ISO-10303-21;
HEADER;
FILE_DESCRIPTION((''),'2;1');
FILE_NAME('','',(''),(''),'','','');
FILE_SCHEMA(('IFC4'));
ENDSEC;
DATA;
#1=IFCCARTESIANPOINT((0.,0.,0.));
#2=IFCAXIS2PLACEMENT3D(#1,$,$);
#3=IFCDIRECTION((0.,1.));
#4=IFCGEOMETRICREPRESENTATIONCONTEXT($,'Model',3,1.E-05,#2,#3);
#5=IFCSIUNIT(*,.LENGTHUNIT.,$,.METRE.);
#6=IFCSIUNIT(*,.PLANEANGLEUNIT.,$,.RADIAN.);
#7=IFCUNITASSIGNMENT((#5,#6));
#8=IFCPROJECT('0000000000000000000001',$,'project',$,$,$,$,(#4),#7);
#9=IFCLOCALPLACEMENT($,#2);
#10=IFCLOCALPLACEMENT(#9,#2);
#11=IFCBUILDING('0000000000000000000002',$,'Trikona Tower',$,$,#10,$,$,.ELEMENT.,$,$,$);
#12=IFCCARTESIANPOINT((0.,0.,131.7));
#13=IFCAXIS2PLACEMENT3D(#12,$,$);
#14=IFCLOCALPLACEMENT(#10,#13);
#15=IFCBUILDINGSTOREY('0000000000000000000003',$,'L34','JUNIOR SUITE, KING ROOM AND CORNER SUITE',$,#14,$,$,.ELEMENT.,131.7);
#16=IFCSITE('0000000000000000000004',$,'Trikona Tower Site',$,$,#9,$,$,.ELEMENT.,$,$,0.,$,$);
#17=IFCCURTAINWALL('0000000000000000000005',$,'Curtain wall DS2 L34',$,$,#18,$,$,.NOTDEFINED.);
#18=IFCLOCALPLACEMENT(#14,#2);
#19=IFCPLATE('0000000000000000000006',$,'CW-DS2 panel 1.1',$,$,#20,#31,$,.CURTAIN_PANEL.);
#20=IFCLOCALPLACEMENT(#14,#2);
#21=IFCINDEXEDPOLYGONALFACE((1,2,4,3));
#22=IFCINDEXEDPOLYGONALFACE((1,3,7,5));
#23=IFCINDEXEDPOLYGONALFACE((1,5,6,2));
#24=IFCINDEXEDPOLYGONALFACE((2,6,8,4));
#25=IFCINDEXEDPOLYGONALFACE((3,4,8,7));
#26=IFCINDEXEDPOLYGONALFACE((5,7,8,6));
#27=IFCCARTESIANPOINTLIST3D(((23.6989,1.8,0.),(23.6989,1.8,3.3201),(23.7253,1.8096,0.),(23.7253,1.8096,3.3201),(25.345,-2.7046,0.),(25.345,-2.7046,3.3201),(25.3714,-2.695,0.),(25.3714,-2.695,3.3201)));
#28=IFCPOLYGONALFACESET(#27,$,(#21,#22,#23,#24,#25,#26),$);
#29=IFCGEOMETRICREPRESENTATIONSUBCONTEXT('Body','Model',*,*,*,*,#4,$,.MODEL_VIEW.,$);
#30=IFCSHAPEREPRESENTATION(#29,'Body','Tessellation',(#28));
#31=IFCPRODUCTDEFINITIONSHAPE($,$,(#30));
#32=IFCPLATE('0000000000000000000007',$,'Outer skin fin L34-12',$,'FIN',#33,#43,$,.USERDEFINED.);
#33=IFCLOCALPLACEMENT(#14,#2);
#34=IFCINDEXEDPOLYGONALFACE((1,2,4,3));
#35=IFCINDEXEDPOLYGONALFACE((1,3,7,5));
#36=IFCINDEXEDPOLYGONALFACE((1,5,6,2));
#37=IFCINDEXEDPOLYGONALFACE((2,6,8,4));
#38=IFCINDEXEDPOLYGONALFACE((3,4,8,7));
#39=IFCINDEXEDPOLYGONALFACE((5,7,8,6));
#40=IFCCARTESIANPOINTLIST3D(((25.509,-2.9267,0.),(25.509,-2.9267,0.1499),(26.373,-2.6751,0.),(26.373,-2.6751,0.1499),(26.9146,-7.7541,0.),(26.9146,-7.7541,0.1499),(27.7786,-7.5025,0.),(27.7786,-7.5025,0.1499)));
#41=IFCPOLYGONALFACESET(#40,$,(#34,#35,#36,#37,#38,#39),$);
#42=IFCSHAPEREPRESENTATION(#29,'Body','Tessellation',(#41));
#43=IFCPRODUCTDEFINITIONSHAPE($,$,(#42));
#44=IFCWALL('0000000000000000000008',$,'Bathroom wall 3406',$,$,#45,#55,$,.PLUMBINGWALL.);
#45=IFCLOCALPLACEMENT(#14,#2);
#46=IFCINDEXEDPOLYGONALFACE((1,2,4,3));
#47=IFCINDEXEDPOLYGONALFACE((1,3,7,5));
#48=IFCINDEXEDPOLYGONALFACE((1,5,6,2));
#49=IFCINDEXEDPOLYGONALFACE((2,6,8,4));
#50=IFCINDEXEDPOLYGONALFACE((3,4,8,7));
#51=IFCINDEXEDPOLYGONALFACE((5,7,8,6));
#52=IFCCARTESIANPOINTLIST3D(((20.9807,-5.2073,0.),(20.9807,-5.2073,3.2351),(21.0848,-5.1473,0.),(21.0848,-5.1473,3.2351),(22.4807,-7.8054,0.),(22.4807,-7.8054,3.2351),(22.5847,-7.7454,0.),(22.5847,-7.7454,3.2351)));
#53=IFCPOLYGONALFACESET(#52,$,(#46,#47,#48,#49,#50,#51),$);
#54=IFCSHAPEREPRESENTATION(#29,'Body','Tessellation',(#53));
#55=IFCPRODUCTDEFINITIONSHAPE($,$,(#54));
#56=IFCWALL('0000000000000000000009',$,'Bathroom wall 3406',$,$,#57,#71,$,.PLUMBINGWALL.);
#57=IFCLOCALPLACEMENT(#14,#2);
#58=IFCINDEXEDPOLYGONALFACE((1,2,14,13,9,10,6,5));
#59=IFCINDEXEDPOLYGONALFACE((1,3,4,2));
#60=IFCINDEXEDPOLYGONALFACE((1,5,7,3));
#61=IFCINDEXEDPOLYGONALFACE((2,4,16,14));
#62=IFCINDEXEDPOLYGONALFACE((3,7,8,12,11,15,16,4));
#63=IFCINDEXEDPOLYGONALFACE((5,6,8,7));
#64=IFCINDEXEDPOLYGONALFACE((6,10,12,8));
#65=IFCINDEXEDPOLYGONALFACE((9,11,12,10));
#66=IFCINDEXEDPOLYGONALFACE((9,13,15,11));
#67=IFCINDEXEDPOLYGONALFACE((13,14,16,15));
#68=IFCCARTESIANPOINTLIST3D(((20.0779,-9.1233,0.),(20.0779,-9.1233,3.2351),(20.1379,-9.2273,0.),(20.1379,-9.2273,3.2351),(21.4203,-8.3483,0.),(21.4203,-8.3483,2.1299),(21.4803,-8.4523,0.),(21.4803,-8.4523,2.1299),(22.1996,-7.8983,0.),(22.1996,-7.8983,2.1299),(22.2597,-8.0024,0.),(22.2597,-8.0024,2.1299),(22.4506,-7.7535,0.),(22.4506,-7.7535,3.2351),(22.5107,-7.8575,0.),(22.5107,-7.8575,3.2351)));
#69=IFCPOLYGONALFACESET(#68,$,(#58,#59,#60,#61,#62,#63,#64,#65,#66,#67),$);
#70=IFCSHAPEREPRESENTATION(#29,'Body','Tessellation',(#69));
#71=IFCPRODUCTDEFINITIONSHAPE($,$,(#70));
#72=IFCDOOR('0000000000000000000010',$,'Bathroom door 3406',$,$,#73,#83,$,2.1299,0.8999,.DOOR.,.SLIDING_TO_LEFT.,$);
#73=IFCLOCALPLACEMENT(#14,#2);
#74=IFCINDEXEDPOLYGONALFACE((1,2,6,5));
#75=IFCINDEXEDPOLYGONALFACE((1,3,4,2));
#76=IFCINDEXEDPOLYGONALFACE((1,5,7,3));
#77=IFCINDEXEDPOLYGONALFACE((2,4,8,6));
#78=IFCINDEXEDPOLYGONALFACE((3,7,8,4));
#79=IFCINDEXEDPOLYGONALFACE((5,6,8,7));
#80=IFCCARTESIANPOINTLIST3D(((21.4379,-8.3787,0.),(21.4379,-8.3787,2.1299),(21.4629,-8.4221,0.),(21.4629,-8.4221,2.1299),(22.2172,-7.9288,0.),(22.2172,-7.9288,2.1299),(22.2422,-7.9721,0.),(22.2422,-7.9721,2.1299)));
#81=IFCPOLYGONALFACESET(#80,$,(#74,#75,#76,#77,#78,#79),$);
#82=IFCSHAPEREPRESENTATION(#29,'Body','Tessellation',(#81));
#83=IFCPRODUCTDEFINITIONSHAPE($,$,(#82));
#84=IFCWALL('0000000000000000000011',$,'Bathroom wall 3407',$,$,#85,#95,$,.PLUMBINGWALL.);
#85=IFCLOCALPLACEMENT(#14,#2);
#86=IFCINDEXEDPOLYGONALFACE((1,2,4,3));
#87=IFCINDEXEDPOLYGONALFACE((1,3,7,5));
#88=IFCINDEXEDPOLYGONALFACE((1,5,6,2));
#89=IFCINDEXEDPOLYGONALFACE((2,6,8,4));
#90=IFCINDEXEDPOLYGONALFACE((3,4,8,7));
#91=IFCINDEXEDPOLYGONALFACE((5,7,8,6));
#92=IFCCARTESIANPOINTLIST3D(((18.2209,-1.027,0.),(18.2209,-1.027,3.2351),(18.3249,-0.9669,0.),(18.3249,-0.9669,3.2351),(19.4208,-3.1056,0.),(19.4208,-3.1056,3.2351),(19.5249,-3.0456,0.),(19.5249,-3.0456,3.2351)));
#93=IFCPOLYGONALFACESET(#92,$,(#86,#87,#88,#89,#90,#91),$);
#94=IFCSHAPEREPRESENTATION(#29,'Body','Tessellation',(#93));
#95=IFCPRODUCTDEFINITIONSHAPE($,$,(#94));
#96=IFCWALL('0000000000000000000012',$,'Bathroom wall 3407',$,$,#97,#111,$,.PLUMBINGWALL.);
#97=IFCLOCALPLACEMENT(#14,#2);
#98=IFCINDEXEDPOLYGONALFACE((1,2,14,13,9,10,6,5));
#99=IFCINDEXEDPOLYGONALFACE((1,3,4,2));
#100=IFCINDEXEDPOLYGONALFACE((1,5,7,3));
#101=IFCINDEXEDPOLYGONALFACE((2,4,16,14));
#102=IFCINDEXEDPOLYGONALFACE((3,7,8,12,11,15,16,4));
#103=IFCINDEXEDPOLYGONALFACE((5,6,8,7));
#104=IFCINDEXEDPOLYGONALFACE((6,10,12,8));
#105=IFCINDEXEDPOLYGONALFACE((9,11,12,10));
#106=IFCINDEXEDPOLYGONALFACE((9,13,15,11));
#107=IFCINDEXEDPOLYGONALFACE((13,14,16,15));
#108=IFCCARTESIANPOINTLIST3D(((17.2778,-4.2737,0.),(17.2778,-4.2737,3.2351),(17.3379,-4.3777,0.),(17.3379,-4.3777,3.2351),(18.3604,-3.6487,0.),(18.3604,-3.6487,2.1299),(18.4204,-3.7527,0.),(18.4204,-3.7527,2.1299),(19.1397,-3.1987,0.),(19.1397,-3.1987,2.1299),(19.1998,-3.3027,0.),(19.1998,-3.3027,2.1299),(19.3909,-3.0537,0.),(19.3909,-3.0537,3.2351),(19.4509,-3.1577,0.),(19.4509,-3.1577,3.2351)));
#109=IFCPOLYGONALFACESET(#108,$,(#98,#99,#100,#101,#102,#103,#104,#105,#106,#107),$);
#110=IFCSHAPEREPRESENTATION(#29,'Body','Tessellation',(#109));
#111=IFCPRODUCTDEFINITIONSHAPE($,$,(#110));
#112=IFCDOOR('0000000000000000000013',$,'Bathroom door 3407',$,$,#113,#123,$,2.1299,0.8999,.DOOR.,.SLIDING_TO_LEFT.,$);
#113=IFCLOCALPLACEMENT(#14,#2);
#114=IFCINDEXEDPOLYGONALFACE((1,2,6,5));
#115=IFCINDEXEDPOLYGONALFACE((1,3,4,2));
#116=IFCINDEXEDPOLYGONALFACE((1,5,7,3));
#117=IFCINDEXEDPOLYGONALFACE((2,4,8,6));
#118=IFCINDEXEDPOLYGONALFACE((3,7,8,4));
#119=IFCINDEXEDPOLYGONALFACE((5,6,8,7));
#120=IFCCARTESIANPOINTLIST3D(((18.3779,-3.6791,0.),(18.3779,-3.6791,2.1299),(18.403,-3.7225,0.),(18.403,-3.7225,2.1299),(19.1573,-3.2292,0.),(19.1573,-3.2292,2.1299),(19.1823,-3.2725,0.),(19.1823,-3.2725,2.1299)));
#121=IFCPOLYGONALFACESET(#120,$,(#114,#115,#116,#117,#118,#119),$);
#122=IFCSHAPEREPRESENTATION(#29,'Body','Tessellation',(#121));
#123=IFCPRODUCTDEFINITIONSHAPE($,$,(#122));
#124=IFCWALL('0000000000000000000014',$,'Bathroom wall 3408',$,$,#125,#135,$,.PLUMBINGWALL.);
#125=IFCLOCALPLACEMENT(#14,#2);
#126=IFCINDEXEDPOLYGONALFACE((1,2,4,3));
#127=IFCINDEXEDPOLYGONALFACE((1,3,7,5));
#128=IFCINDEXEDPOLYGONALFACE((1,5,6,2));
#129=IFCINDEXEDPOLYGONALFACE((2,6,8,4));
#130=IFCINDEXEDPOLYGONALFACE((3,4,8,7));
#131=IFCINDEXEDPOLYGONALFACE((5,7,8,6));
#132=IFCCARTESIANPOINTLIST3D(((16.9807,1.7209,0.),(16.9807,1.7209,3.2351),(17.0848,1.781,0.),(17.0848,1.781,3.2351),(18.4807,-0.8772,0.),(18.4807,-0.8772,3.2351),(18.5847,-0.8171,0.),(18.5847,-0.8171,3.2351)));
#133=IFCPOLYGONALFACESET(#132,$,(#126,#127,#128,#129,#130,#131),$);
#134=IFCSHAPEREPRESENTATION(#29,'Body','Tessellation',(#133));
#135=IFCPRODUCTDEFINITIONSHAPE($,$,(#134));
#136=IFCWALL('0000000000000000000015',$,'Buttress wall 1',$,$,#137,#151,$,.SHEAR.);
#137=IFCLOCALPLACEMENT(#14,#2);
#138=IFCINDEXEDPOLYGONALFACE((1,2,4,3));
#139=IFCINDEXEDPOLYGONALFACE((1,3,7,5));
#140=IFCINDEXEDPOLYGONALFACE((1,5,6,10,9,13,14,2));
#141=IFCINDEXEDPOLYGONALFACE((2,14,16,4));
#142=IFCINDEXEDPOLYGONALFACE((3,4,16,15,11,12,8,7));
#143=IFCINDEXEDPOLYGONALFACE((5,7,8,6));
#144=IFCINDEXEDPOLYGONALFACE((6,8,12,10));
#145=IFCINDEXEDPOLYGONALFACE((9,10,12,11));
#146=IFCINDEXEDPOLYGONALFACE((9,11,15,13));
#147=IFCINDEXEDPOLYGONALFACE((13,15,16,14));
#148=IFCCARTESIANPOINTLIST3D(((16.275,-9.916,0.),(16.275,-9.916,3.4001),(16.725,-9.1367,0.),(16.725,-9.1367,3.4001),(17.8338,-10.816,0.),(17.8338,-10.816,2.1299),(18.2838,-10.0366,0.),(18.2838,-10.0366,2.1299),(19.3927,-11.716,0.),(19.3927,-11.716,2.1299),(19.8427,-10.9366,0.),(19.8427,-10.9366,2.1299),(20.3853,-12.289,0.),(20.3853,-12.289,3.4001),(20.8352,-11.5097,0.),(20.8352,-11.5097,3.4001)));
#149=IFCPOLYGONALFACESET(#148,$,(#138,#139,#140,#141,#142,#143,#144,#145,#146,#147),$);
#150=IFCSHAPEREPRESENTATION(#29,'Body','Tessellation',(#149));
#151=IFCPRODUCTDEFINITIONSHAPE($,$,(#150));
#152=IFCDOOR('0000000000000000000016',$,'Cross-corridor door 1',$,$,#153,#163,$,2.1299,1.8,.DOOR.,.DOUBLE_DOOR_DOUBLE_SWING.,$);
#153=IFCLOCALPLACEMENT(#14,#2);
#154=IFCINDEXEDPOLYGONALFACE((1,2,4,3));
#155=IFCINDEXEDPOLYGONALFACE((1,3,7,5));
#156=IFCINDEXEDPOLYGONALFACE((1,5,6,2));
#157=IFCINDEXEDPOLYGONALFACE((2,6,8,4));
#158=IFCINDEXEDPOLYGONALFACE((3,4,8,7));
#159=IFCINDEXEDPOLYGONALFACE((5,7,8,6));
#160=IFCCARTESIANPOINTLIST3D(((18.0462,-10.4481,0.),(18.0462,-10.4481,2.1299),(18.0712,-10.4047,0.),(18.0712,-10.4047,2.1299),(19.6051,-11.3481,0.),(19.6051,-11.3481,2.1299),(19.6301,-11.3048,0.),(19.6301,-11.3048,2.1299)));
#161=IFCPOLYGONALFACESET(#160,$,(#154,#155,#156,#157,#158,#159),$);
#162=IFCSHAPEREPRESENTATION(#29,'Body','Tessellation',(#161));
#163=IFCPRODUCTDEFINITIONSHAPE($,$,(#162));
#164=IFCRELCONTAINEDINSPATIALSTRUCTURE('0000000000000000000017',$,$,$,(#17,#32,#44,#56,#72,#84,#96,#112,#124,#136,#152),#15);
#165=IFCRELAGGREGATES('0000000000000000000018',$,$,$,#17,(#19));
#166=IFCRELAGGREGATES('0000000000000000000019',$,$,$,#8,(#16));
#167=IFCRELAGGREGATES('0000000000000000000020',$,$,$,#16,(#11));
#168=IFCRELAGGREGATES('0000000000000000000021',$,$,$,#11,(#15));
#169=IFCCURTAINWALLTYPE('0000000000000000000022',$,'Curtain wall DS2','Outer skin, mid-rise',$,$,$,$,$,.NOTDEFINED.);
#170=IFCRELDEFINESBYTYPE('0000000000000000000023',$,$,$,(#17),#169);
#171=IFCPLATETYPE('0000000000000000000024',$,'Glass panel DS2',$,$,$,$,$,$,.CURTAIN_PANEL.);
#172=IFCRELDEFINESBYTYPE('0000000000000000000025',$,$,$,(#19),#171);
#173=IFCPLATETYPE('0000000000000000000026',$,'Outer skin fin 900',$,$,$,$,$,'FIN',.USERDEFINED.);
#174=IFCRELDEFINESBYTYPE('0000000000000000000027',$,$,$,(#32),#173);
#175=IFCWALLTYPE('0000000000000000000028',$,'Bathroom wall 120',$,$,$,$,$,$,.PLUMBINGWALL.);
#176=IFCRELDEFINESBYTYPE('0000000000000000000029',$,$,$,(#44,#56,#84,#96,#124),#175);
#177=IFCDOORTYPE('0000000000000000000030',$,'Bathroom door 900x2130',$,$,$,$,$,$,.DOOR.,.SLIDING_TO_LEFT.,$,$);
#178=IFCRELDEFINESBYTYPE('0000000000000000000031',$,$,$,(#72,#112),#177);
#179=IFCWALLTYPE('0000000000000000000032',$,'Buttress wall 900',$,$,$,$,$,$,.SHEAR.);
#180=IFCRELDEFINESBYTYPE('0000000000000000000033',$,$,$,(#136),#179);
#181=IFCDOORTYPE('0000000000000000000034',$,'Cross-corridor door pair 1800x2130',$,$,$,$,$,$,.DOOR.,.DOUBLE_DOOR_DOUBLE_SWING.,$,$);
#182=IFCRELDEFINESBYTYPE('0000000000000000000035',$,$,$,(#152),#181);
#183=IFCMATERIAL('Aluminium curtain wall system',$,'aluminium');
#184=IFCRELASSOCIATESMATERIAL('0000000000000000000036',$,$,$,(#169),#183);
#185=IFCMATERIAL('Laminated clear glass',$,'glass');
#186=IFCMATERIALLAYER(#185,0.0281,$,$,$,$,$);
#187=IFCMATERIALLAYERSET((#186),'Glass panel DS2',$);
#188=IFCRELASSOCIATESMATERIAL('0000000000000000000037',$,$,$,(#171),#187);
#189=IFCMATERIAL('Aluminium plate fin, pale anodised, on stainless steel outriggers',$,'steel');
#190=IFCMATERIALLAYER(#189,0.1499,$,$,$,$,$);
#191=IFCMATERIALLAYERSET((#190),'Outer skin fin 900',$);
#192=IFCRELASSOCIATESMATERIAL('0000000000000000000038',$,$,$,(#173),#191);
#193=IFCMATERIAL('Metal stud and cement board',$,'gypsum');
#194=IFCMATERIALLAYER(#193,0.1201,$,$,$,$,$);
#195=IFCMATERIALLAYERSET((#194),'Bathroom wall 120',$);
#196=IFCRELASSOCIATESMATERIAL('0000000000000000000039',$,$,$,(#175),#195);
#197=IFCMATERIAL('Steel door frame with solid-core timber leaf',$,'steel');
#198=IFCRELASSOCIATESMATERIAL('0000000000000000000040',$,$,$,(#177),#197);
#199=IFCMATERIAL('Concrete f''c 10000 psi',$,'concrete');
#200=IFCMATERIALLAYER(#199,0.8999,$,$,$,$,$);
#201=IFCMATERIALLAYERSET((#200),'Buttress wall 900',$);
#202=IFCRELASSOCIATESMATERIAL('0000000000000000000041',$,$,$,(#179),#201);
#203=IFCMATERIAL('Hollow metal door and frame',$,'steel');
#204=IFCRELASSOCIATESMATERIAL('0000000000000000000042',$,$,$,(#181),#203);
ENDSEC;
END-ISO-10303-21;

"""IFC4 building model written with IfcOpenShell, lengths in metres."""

from ifc_helpers import new_model, si_unit, direction, frame, frame_2d, origin, origin_2d, place, context, subcontext, project, spatial, rectangle, extrude, material, layer, layer_set, type_object, element, fill, aggregate, save


model = new_model("IFC4")

# Units and contexts
model_context = context("Model", 3, precision=1e-05, world=origin(), true_north=direction((0.0, 1.0)))
body_context = subcontext(model_context, "Body", "Model", "MODEL_VIEW")
ifc_project = project(units=[si_unit("LENGTHUNIT", "METRE"), si_unit("PLANEANGLEUNIT", "RADIAN")], contexts=[model_context])

# Site, building, storey
site_placement = place(None, origin())
site = spatial("IfcSite", under=ifc_project, at=site_placement, Name="Trikona Tower Site", CompositionType="ELEMENT", RefElevation=0.0)
building_placement = place(site_placement, origin())
building = spatial("IfcBuilding", under=site, at=building_placement, Name="Trikona Tower", CompositionType="ELEMENT")
storey_placement = place(building_placement, frame((0.0, 0.0, 131.7)))
storey = spatial("IfcBuildingStorey", under=building, at=storey_placement, Name="L34", Description="JUNIOR SUITE, KING ROOM AND CORNER SUITE", CompositionType="ELEMENT", Elevation=131.7)

# Shared definitions
ifc_material_1 = material(Name="Aluminium curtain wall system", Category="aluminium")
curtain_wall_type = type_object("IfcCurtainWallType", Name="Curtain wall DS2", Description="Outer skin, mid-rise", PredefinedType="NOTDEFINED", material=ifc_material_1)

# Curtain wall
curtain_wall_1_placement = place(storey_placement, origin())
curtain_wall_1 = element("IfcCurtainWall", 1, at=curtain_wall_1_placement, inside=storey, type_object=curtain_wall_type, Name="Curtain wall DS2 L34", PredefinedType="NOTDEFINED")

# Plates
ifc_material_2 = material(Name="Laminated clear glass", Category="glass")
ifc_layer_1 = layer(ifc_material_2, 0.0281)
ifc_layer_set_1 = layer_set([ifc_layer_1], Name="Glass panel DS2")
plate_type_1 = type_object("IfcPlateType", Name="Glass panel DS2", PredefinedType="CURTAIN_PANEL", material=ifc_layer_set_1)
plate_1_placement = place(storey_placement, frame((24.5352, -0.4475, 0.0), z_axis=(0.0, 0.0, 1.0), x_axis=(-0.343223, 0.939254, 0.0)))
plate_1 = element("IfcPlate", 2, at=plate_1_placement, type_object=plate_type_1, Name="CW-DS2 panel 1.1", PredefinedType="CURTAIN_PANEL", context=body_context, shape_type="SweptSolid", body=[
    extrude(rectangle(XDim=4.7959, YDim=0.0281, at=origin_2d()), origin(), (0.0, 0.0, 1.0), 3.3201),
])
aggregate(curtain_wall_1, [plate_1])
ifc_material_3 = material(Name="Aluminium plate fin, pale anodised, on stainless steel outriggers", Category="steel")
ifc_layer_2 = layer(ifc_material_3, 0.1499)
ifc_layer_set_2 = layer_set([ifc_layer_2], Name="Outer skin fin 900")
plate_type_2 = type_object("IfcPlateType", Name="Outer skin fin 900", ElementType="FIN", PredefinedType="USERDEFINED", material=ifc_layer_set_2)
plate_2_placement = place(storey_placement, frame((26.6438, -5.2146, 0.0), z_axis=(0.0, 0.0, 1.0), x_axis=(-0.279554, 0.96013, 0.0)))
element("IfcPlate", 3, at=plate_2_placement, inside=storey, type_object=plate_type_2, Name="Outer skin fin L34-12", ObjectType="FIN", PredefinedType="USERDEFINED", context=body_context, shape_type="SweptSolid", body=[
    extrude(rectangle(XDim=5.0278, YDim=0.8999, at=origin_2d()), origin(), (0.0, 0.0, 1.0), 0.1499),
])

# Wall
ifc_material_4 = material(Name="Metal stud and cement board", Category="gypsum")
ifc_layer_3 = layer(ifc_material_4, 0.1201)
ifc_layer_set_3 = layer_set([ifc_layer_3], Name="Bathroom wall 120")
wall_type_1 = type_object("IfcWallType", Name="Bathroom wall 120", PredefinedType="PLUMBINGWALL", material=ifc_layer_set_3)
wall_1_placement = place(storey_placement, frame((22.5327, -7.7754, 0.0), z_axis=(0.0, 0.0, 1.0), x_axis=(-0.49999, 0.866031, 0.0)))
element("IfcWall", 4, at=wall_1_placement, inside=storey, type_object=wall_type_1, Name="Bathroom wall 3406", PredefinedType="PLUMBINGWALL", context=body_context, shape_type="SweptSolid", body=[
    extrude(rectangle(XDim=3.0, YDim=0.1201, at=frame_2d((1.5, 0.0))), origin(), (0.0, 0.0, 1.0), 3.2351),
])

# Wall, opening, door
wall_2_placement = place(storey_placement, frame((20.1079, -9.1753, 0.0), z_axis=(0.0, 0.0, 1.0), x_axis=(0.866036, 0.499982, 0.0)))
wall_2 = element("IfcWall", 5, at=wall_2_placement, inside=storey, type_object=wall_type_1, Name="Bathroom wall 3406", PredefinedType="PLUMBINGWALL", context=body_context, shape_type="SweptSolid", body=[
    extrude(rectangle(XDim=2.7397, YDim=0.1201, at=frame_2d((1.3699, 0.0))), origin(), (0.0, 0.0, 1.0), 3.2351),
])
opening_1_placement = place(wall_2_placement, frame((1.55, 0.0, 0.0)))
opening_1 = element("IfcOpeningElement", 6, at=opening_1_placement, cuts=wall_2, PredefinedType="OPENING", context=body_context, shape_type="SweptSolid", body=[
    extrude(rectangle(XDim=0.8999, YDim=2.1299, at=frame_2d((0.45, 1.0649))), frame((0.0, 0.0701, 0.0), z_axis=(0.0, -1.0, 0.0), x_axis=(1.0, 0.0, 0.0)), (0.0, 0.0, 1.0), 0.1401),
])
ifc_material_5 = material(Name="Steel door frame with solid-core timber leaf", Category="steel")
door_type_1 = type_object("IfcDoorType", Name="Bathroom door 900x2130", OperationType="SLIDING_TO_LEFT", PredefinedType="DOOR", material=ifc_material_5)
door_1_placement = place(opening_1_placement, origin())
door_1 = element("IfcDoor", 7, at=door_1_placement, inside=storey, type_object=door_type_1, Name="Bathroom door 3406", OperationType="SLIDING_TO_LEFT", OverallHeight=2.1299, OverallWidth=0.8999, PredefinedType="DOOR", context=body_context, shape_type="SweptSolid", body=[
    extrude(rectangle(XDim=0.8999, YDim=2.1299, at=frame_2d((0.45, 1.0649))), frame((0.0, 0.0249, 0.0), z_axis=(0.0, -1.0, 0.0), x_axis=(1.0, 0.0, 0.0)), (0.0, 0.0, 1.0), 0.05),
])
fill(opening_1, door_1)

# Wall
wall_3_placement = place(storey_placement, frame((19.4729, -3.0757, 0.0), z_axis=(0.0, 0.0, 1.0), x_axis=(-0.499957, 0.86605, 0.0)))
element("IfcWall", 8, at=wall_3_placement, inside=storey, type_object=wall_type_1, Name="Bathroom wall 3407", PredefinedType="PLUMBINGWALL", context=body_context, shape_type="SweptSolid", body=[
    extrude(rectangle(XDim=2.4001, YDim=0.1201, at=frame_2d((1.2002, 0.0))), origin(), (0.0, 0.0, 1.0), 3.2351),
])

# Wall, opening, door
wall_4_placement = place(storey_placement, frame((17.3079, -4.3257, 0.0), z_axis=(0.0, 0.0, 1.0), x_axis=(0.866024, 0.500003, 0.0)))
wall_4 = element("IfcWall", 9, at=wall_4_placement, inside=storey, type_object=wall_type_1, Name="Bathroom wall 3407", PredefinedType="PLUMBINGWALL", context=body_context, shape_type="SweptSolid", body=[
    extrude(rectangle(XDim=2.4399, YDim=0.1201, at=frame_2d((1.22, 0.0))), origin(), (0.0, 0.0, 1.0), 3.2351),
])
opening_2_placement = place(wall_4_placement, frame((1.25, 0.0, 0.0)))
opening_2 = element("IfcOpeningElement", 10, at=opening_2_placement, cuts=wall_4, PredefinedType="OPENING", context=body_context, shape_type="SweptSolid", body=[
    extrude(rectangle(XDim=0.8999, YDim=2.1299, at=frame_2d((0.45, 1.0649))), frame((0.0, 0.0701, 0.0), z_axis=(0.0, -1.0, 0.0), x_axis=(1.0, 0.0, 0.0)), (0.0, 0.0, 1.0), 0.1401),
])
door_2_placement = place(opening_2_placement, origin())
door_2 = element("IfcDoor", 11, at=door_2_placement, inside=storey, type_object=door_type_1, Name="Bathroom door 3407", OperationType="SLIDING_TO_LEFT", OverallHeight=2.1299, OverallWidth=0.8999, PredefinedType="DOOR", context=body_context, shape_type="SweptSolid", body=[
    extrude(rectangle(XDim=0.8999, YDim=2.1299, at=frame_2d((0.45, 1.0649))), frame((0.0, 0.0249, 0.0), z_axis=(0.0, -1.0, 0.0), x_axis=(1.0, 0.0, 0.0)), (0.0, 0.0, 1.0), 0.05),
])
fill(opening_2, door_2)

# Wall
wall_5_placement = place(storey_placement, frame((18.5327, -0.8472, 0.0), z_axis=(0.0, 0.0, 1.0), x_axis=(-0.49999, 0.866031, 0.0)))
element("IfcWall", 12, at=wall_5_placement, inside=storey, type_object=wall_type_1, Name="Bathroom wall 3408", PredefinedType="PLUMBINGWALL", context=body_context, shape_type="SweptSolid", body=[
    extrude(rectangle(XDim=3.0, YDim=0.1201, at=frame_2d((1.5, 0.0))), origin(), (0.0, 0.0, 1.0), 3.2351),
])

# Wall, opening, door
ifc_material_6 = material(Name="Concrete f'c 10000 psi", Category="concrete")
ifc_layer_4 = layer(ifc_material_6, 0.8999)
ifc_layer_set_4 = layer_set([ifc_layer_4], Name="Buttress wall 900")
wall_type_2 = type_object("IfcWallType", Name="Buttress wall 900", PredefinedType="SHEAR", material=ifc_layer_set_4)
wall_6_placement = place(storey_placement, frame((16.5, -9.5264, 0.0), z_axis=(0.0, 0.0, 1.0), x_axis=(0.866031, -0.49999, 0.0)))
wall_6 = element("IfcWall", 13, at=wall_6_placement, inside=storey, type_object=wall_type_2, Name="Buttress wall 1", PredefinedType="SHEAR", context=body_context, shape_type="SweptSolid", body=[
    extrude(rectangle(XDim=4.7461, YDim=0.8999, at=frame_2d((2.373, 0.0))), origin(), (0.0, 0.0, 1.0), 3.4001),
])
opening_3_placement = place(wall_6_placement, frame((1.8, 0.0, 0.0)))
opening_3 = element("IfcOpeningElement", 14, at=opening_3_placement, cuts=wall_6, PredefinedType="OPENING", context=body_context, shape_type="SweptSolid", body=[
    extrude(rectangle(XDim=1.8, YDim=2.1299, at=frame_2d((0.8999, 1.0649))), frame((0.0, 0.46, 0.0), z_axis=(0.0, -1.0, 0.0), x_axis=(1.0, 0.0, 0.0)), (0.0, 0.0, 1.0), 0.9199),
])
ifc_material_7 = material(Name="Hollow metal door and frame", Category="steel")
door_type_2 = type_object("IfcDoorType", Name="Cross-corridor door pair 1800x2130", OperationType="DOUBLE_DOOR_DOUBLE_SWING", PredefinedType="DOOR", material=ifc_material_7)
door_3_placement = place(opening_3_placement, origin())
door_3 = element("IfcDoor", 15, at=door_3_placement, inside=storey, type_object=door_type_2, Name="Cross-corridor door 1", OperationType="DOUBLE_DOOR_DOUBLE_SWING", OverallHeight=2.1299, OverallWidth=1.8, PredefinedType="DOOR", context=body_context, shape_type="SweptSolid", body=[
    extrude(rectangle(XDim=1.8, YDim=2.1299, at=frame_2d((0.8999, 1.0649))), frame((0.0, 0.0249, 0.0), z_axis=(0.0, -1.0, 0.0), x_axis=(1.0, 0.0, 0.0)), (0.0, 0.0, 1.0), 0.05),
])
fill(opening_3, door_3)

save(model, "model.ifc")
